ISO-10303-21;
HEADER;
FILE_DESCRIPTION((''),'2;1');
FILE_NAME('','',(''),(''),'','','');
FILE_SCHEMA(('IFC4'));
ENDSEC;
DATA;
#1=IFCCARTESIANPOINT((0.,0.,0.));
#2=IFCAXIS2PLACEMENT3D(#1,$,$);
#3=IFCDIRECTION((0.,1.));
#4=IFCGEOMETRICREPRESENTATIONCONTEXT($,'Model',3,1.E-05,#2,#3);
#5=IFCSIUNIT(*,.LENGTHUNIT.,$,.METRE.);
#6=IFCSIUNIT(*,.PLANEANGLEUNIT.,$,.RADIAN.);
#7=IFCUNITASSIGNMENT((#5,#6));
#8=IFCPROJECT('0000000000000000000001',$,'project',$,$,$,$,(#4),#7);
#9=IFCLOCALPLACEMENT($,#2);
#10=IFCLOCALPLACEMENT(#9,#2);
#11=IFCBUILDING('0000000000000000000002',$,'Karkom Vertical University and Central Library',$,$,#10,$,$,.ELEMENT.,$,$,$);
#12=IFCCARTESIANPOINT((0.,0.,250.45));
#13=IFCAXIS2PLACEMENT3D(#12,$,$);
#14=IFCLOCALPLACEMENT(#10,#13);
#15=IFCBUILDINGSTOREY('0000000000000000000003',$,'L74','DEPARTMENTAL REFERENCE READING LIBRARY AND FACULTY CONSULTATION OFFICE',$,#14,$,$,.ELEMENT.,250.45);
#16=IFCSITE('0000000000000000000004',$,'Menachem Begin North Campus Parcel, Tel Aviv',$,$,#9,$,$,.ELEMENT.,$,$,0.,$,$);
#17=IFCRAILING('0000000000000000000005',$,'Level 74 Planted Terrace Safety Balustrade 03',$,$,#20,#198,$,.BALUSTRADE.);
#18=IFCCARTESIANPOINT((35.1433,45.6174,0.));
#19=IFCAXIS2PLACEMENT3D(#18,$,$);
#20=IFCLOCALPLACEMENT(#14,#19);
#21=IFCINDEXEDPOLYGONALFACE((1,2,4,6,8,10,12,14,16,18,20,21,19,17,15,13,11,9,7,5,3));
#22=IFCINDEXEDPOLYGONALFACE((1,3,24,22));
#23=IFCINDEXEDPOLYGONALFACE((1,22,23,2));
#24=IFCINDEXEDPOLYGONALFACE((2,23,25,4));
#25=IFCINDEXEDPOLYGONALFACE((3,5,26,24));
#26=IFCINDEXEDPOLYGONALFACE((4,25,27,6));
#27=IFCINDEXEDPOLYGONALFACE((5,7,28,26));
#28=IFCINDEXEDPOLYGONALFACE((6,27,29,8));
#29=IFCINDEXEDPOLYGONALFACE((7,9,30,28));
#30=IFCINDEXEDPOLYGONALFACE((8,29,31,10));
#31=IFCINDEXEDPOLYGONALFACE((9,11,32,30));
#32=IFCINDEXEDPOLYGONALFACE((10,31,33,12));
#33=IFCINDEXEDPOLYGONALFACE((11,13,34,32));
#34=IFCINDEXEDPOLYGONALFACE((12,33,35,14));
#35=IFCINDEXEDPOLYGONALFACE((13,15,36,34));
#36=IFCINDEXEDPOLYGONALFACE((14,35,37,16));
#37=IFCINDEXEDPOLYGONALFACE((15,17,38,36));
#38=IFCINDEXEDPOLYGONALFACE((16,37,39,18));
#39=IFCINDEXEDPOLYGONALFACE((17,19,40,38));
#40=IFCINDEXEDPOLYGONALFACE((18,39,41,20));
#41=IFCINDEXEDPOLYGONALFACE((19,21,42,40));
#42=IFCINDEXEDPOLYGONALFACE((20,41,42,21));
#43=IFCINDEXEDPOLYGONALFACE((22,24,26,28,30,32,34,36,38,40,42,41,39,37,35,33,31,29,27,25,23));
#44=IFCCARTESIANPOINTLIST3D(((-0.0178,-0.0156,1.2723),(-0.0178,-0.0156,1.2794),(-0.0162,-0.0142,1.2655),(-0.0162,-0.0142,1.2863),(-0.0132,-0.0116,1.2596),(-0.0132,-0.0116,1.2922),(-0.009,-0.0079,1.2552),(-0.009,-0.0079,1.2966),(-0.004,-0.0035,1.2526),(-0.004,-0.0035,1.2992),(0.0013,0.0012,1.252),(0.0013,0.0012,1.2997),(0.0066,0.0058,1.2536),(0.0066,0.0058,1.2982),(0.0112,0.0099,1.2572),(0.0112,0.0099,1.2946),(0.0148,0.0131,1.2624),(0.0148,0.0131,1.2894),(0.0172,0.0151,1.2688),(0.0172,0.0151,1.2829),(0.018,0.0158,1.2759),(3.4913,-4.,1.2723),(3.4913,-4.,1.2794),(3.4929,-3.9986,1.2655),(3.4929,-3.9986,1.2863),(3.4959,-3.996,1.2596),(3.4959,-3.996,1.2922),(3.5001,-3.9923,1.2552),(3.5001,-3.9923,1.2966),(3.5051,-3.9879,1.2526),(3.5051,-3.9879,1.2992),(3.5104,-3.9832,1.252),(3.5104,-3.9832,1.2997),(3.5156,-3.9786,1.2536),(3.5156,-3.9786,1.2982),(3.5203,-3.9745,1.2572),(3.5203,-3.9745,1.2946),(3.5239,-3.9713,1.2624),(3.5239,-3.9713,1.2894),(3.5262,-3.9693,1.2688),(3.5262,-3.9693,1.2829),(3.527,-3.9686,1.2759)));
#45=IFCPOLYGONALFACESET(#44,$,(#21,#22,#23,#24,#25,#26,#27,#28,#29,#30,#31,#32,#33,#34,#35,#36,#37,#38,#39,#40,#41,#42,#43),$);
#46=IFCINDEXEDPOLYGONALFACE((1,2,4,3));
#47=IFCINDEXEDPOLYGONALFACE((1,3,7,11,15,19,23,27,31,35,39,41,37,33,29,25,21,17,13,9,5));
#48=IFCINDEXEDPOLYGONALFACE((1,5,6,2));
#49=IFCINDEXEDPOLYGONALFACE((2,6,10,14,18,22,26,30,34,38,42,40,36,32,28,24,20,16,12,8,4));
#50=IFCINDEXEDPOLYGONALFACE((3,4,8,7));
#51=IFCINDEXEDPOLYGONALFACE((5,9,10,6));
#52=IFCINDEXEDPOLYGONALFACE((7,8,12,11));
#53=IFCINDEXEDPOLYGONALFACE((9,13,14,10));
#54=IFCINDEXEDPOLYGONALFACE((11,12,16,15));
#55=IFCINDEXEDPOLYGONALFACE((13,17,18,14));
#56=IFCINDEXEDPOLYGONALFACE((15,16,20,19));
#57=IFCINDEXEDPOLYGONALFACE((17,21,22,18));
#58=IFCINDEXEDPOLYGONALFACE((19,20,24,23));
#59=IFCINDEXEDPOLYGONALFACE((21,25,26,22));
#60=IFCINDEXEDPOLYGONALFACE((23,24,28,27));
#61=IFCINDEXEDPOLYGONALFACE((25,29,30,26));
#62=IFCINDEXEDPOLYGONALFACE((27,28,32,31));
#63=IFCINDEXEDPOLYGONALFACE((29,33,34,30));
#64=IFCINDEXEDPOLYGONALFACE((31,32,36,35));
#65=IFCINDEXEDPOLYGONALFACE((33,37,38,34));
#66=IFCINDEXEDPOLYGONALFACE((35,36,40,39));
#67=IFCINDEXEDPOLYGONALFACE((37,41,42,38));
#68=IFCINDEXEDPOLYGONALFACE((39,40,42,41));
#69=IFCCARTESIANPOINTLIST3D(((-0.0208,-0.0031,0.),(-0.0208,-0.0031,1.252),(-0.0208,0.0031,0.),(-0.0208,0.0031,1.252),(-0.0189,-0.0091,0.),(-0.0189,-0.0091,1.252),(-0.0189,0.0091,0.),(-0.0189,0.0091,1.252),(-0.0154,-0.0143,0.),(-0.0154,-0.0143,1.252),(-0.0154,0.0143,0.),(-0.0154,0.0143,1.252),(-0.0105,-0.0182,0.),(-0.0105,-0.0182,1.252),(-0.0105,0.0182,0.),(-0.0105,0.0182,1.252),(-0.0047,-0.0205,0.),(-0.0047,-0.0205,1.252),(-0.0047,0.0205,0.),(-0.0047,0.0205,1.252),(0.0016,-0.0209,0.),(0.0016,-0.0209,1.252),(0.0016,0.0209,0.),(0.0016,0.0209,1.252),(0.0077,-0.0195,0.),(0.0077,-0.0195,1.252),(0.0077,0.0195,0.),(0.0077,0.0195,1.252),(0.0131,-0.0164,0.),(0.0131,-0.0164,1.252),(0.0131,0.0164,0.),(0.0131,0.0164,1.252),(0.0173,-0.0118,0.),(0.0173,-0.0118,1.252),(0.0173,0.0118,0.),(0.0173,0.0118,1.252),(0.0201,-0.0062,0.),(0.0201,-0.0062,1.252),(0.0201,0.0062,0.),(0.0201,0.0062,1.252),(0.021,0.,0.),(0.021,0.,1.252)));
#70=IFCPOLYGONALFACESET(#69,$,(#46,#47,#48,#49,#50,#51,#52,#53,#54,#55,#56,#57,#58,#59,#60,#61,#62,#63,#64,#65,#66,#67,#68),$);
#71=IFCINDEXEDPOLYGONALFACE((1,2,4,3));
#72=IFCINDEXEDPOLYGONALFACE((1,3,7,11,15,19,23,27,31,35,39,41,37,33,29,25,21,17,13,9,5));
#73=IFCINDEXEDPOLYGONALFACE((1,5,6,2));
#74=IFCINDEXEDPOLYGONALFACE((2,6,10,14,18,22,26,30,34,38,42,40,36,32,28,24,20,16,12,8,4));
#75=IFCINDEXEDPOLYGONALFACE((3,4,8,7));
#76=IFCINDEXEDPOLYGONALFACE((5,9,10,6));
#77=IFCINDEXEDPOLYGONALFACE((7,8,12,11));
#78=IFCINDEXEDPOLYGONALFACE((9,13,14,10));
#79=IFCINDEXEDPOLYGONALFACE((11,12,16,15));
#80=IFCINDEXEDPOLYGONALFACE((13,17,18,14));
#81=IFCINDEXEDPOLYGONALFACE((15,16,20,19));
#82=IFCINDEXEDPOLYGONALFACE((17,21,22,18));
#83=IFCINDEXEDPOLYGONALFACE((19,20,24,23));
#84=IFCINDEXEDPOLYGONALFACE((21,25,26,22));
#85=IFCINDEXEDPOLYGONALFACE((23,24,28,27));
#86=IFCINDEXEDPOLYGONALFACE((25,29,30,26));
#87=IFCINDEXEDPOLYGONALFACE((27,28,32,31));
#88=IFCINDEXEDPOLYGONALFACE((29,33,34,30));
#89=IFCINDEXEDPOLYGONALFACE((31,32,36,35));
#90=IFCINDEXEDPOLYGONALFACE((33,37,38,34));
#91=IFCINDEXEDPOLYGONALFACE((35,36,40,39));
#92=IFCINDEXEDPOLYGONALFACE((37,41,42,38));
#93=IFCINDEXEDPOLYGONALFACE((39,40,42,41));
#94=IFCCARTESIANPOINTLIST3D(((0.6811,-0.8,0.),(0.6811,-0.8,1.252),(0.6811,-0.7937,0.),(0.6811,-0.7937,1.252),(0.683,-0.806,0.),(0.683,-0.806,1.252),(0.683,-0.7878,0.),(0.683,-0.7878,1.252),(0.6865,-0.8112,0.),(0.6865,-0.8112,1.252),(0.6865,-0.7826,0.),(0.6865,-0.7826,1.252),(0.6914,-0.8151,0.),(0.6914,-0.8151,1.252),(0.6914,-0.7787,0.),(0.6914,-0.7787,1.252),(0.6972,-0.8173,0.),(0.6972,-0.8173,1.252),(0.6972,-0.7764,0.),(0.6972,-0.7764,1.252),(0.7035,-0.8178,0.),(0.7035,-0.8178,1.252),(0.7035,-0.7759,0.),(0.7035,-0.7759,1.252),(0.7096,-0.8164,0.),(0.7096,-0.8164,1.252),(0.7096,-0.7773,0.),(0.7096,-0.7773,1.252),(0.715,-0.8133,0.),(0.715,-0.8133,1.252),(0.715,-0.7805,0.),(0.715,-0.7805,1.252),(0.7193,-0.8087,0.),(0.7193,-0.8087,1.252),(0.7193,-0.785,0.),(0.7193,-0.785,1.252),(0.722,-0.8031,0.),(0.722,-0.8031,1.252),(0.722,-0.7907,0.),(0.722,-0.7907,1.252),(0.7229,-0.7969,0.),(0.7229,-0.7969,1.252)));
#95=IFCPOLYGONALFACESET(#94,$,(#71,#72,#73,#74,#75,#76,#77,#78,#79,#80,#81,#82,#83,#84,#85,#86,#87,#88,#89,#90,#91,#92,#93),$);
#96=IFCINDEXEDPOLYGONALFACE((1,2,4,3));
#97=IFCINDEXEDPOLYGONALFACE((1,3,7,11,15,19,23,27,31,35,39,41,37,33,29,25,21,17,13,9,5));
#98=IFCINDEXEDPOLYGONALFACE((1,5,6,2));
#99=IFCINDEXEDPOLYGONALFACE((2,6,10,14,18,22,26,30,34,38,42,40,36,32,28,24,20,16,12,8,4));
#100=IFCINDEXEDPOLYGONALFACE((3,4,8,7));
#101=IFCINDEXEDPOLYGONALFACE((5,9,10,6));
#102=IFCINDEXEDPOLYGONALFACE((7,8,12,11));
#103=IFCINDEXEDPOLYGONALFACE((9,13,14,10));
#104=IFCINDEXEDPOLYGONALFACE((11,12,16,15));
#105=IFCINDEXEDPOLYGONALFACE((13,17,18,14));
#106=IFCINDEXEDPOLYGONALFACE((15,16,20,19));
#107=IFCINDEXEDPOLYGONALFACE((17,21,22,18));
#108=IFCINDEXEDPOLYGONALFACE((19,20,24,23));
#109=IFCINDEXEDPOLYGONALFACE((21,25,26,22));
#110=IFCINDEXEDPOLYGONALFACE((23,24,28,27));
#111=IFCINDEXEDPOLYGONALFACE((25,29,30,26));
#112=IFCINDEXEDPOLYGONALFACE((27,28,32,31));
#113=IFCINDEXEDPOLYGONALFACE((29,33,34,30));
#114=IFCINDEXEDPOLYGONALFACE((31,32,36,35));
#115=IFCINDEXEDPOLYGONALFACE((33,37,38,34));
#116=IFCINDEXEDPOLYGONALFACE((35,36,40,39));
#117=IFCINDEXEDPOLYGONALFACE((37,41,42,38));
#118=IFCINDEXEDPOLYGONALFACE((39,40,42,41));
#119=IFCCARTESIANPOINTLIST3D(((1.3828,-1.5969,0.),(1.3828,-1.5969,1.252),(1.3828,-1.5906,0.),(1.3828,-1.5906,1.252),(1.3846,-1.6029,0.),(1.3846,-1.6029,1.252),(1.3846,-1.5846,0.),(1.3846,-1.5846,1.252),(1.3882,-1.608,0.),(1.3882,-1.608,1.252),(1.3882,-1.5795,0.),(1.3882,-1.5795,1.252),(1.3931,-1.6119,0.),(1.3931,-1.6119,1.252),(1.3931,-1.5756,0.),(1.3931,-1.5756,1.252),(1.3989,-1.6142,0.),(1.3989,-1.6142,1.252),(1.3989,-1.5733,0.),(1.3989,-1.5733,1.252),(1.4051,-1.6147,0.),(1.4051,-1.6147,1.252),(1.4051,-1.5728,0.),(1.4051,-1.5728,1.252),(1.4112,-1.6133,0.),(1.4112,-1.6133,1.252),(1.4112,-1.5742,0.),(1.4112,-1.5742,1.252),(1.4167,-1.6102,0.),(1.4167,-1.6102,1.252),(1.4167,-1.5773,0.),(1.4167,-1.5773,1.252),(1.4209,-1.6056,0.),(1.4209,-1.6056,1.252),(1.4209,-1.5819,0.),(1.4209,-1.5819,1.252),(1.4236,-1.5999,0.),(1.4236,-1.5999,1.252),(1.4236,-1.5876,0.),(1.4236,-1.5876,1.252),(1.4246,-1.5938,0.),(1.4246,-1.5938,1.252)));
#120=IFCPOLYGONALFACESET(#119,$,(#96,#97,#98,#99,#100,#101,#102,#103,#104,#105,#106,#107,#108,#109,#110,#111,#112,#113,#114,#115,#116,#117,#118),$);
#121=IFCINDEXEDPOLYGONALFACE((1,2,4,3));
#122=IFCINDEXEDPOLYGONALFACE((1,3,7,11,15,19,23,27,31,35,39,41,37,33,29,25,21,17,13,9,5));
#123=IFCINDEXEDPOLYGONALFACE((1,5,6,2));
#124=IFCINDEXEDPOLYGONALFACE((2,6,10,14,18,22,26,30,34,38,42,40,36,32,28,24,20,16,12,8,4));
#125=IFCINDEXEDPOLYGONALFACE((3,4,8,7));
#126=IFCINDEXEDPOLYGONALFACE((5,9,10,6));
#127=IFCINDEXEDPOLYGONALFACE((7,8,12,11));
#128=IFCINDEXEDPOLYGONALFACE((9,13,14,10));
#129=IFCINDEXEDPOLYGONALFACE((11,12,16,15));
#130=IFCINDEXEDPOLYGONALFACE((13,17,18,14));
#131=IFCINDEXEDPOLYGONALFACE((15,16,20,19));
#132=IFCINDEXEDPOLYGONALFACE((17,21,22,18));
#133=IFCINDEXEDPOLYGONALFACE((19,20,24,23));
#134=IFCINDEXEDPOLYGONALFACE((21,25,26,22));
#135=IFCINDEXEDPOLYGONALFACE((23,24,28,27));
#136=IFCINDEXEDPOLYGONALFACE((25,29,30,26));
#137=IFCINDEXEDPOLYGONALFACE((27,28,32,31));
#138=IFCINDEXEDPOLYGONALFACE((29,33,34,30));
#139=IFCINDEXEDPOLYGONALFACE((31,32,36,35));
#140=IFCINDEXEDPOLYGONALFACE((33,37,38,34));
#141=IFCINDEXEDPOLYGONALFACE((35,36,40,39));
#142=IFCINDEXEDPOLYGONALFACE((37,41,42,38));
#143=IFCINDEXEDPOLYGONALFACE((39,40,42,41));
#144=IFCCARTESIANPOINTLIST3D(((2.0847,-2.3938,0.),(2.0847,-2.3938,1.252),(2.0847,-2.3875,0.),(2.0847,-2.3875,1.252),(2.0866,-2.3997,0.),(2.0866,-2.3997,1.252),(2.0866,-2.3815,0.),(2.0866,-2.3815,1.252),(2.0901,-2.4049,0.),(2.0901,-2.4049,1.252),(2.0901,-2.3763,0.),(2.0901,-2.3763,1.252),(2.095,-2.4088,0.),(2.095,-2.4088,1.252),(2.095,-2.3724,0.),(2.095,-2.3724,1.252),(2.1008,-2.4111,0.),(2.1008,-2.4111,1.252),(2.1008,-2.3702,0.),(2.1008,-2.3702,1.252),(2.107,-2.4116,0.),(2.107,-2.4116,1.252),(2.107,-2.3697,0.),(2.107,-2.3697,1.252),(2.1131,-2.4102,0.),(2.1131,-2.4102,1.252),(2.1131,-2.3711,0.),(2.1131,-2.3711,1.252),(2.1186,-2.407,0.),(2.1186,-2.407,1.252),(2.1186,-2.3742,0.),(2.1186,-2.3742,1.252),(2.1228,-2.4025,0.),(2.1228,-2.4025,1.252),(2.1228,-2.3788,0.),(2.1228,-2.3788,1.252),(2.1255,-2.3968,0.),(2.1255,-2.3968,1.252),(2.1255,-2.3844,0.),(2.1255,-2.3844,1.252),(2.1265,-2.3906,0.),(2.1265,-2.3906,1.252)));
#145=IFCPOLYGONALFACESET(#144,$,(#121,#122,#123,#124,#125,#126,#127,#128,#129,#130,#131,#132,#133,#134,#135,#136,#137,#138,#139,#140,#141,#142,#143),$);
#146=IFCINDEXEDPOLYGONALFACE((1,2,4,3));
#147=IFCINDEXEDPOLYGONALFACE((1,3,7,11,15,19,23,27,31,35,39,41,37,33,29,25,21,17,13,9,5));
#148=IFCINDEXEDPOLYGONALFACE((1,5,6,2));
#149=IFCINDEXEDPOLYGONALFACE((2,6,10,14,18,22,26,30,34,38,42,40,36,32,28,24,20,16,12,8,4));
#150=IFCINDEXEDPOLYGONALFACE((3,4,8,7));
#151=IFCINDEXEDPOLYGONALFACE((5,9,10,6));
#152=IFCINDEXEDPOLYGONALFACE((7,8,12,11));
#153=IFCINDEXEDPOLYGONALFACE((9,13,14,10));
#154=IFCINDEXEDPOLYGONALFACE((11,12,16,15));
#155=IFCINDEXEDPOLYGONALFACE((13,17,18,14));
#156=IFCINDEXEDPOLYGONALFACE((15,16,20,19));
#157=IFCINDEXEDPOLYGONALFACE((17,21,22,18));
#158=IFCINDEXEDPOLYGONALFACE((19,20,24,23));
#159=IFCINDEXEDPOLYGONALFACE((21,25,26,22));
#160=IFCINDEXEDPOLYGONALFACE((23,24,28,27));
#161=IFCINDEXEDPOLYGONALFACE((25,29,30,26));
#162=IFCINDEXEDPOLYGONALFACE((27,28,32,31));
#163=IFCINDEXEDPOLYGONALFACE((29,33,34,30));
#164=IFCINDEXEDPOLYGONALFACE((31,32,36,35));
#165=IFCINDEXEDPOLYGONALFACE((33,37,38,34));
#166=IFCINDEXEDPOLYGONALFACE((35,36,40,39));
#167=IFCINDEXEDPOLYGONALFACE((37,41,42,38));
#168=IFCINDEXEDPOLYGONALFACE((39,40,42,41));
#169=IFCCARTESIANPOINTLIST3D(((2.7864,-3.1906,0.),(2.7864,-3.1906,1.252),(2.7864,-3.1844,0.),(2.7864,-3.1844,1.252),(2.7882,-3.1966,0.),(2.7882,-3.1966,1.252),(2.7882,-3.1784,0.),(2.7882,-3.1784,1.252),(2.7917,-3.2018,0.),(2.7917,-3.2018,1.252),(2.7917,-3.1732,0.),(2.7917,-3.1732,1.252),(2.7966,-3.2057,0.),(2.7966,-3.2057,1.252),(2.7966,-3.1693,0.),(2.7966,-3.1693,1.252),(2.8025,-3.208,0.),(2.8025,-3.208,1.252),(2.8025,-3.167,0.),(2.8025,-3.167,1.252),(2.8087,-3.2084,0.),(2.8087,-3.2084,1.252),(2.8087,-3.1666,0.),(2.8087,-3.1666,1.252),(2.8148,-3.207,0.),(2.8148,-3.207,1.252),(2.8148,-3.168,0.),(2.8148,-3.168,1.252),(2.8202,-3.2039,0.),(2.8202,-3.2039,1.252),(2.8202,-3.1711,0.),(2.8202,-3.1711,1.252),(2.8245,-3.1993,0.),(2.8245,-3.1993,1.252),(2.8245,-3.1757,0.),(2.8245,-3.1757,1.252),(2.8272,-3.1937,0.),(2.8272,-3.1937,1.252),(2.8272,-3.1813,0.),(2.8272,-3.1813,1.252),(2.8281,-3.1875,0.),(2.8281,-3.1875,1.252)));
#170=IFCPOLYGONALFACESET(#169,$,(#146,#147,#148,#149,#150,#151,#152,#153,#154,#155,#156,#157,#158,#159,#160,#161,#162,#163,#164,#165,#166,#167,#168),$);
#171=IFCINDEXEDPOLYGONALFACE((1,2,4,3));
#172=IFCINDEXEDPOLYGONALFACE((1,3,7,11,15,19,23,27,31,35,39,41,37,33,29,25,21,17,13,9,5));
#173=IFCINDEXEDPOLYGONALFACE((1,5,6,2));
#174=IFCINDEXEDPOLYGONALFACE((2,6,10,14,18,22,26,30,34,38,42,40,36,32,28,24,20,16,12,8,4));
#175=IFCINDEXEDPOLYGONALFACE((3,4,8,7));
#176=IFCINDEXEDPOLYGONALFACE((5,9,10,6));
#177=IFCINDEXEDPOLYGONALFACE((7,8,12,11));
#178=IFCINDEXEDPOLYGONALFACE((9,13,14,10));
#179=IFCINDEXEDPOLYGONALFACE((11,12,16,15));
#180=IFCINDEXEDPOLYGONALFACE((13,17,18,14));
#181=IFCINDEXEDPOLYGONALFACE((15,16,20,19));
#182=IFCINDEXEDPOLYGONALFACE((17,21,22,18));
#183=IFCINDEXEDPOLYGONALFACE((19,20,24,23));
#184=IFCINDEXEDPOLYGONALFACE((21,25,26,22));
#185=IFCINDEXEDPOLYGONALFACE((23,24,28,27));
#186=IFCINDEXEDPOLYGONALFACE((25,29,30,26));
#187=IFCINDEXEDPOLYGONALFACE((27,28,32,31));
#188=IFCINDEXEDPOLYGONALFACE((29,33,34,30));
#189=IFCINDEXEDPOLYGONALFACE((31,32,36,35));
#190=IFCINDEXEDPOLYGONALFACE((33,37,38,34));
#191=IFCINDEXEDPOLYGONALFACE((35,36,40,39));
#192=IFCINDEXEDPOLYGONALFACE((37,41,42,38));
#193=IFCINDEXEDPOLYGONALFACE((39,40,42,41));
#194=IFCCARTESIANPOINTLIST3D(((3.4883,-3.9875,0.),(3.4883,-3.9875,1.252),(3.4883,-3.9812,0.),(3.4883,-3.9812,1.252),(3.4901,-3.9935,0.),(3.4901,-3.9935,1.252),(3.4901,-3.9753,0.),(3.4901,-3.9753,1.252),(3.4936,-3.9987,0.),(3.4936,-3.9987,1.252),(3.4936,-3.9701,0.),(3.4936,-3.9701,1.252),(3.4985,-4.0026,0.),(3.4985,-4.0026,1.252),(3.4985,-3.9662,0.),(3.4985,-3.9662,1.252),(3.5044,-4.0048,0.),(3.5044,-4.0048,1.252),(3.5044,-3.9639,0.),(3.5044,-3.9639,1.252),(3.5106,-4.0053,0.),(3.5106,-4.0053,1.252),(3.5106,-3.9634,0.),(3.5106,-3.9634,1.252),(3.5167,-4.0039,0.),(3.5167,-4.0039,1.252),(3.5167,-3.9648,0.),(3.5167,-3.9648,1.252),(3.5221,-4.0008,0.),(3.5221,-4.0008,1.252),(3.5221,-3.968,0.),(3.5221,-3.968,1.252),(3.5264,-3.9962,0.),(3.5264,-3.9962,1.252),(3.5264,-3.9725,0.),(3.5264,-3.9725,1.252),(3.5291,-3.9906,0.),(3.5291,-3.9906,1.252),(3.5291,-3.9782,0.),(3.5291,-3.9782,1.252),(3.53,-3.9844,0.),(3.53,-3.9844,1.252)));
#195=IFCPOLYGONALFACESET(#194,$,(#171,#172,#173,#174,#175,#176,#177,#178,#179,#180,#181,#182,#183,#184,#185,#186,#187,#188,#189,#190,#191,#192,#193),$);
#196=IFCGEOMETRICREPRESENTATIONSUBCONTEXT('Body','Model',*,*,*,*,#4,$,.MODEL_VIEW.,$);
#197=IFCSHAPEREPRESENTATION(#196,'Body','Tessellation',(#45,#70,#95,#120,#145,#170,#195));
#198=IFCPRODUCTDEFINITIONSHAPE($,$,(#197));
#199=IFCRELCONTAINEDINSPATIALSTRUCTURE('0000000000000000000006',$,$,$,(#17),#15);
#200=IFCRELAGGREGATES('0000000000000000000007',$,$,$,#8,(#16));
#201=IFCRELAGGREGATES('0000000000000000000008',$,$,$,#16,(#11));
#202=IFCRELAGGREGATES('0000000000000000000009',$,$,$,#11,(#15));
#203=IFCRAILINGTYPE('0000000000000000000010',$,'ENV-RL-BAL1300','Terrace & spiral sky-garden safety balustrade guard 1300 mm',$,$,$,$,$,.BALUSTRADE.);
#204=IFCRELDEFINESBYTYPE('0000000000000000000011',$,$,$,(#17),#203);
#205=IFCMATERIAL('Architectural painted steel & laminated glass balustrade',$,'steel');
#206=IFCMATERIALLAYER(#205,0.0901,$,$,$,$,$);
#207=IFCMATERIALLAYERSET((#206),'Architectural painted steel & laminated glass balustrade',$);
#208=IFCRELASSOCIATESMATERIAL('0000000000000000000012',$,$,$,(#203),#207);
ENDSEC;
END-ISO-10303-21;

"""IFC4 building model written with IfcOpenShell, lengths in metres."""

from ifc_helpers import new_model, si_unit, direction, frame, origin, origin_2d, place, context, subcontext, project, spatial, circle, extrude, material, layer, layer_set, type_object, element, save


model = new_model("IFC4")

# Units and contexts
model_context = context("Model", 3, precision=1e-05, world=origin(), true_north=direction((0.0, 1.0)))
body_context = subcontext(model_context, "Body", "Model", "MODEL_VIEW")
ifc_project = project(units=[si_unit("LENGTHUNIT", "METRE"), si_unit("PLANEANGLEUNIT", "RADIAN")], contexts=[model_context])

# Site, building, storey
site_placement = place(None, origin())
site = spatial("IfcSite", under=ifc_project, at=site_placement, Name="Menachem Begin North Campus Parcel, Tel Aviv", CompositionType="ELEMENT", RefElevation=0.0)
building_placement = place(site_placement, origin())
building = spatial("IfcBuilding", under=site, at=building_placement, Name="Karkom Vertical University and Central Library", CompositionType="ELEMENT")
storey_placement = place(building_placement, frame((0.0, 0.0, 250.45)))
storey = spatial("IfcBuildingStorey", under=building, at=storey_placement, Name="L74", Description="DEPARTMENTAL REFERENCE READING LIBRARY AND FACULTY CONSULTATION OFFICE", CompositionType="ELEMENT", Elevation=250.45)

# Railing
ifc_material_1 = material(Name="Architectural painted steel & laminated glass balustrade", Category="steel")
ifc_layer_1 = layer(ifc_material_1, 0.0901)
ifc_layer_set_1 = layer_set([ifc_layer_1], Name="Architectural painted steel & laminated glass balustrade")
railing_type = type_object("IfcRailingType", Name="ENV-RL-BAL1300", Description="Terrace & spiral sky-garden safety balustrade guard 1300 mm", PredefinedType="BALUSTRADE", material=ifc_layer_set_1)
railing_placement = place(storey_placement, frame((35.1433, 45.6174, 0.0)))
element("IfcRailing", 1, at=railing_placement, inside=storey, type_object=railing_type, Name="Level 74 Planted Terrace Safety Balustrade 03", PredefinedType="BALUSTRADE", context=body_context, shape_type="SweptSolid", body=[
    extrude(circle(Radius=0.0239, at=origin_2d()), frame((0.0, 0.0, 1.2759), z_axis=(0.660923, -0.750453, 0.0), x_axis=(0.750453, 0.660923, 0.0)), (0.0, 0.0, 1.0), 5.3093),
    extrude(circle(Radius=0.021, at=origin_2d()), origin(), (0.0, 0.0, 1.0), 1.252),
    extrude(circle(Radius=0.021, at=origin_2d()), frame((0.7019, -0.7969, 0.0)), (0.0, 0.0, 1.0), 1.252),
    extrude(circle(Radius=0.021, at=origin_2d()), frame((1.4036, -1.5938, 0.0)), (0.0, 0.0, 1.0), 1.252),
    extrude(circle(Radius=0.021, at=origin_2d()), frame((2.1055, -2.3906, 0.0)), (0.0, 0.0, 1.0), 1.252),
    extrude(circle(Radius=0.021, at=origin_2d()), frame((2.8071, -3.1875, 0.0)), (0.0, 0.0, 1.0), 1.252),
    extrude(circle(Radius=0.021, at=origin_2d()), frame((3.509, -3.9844, 0.0)), (0.0, 0.0, 1.0), 1.252),
])

save(model, "model.ifc")
